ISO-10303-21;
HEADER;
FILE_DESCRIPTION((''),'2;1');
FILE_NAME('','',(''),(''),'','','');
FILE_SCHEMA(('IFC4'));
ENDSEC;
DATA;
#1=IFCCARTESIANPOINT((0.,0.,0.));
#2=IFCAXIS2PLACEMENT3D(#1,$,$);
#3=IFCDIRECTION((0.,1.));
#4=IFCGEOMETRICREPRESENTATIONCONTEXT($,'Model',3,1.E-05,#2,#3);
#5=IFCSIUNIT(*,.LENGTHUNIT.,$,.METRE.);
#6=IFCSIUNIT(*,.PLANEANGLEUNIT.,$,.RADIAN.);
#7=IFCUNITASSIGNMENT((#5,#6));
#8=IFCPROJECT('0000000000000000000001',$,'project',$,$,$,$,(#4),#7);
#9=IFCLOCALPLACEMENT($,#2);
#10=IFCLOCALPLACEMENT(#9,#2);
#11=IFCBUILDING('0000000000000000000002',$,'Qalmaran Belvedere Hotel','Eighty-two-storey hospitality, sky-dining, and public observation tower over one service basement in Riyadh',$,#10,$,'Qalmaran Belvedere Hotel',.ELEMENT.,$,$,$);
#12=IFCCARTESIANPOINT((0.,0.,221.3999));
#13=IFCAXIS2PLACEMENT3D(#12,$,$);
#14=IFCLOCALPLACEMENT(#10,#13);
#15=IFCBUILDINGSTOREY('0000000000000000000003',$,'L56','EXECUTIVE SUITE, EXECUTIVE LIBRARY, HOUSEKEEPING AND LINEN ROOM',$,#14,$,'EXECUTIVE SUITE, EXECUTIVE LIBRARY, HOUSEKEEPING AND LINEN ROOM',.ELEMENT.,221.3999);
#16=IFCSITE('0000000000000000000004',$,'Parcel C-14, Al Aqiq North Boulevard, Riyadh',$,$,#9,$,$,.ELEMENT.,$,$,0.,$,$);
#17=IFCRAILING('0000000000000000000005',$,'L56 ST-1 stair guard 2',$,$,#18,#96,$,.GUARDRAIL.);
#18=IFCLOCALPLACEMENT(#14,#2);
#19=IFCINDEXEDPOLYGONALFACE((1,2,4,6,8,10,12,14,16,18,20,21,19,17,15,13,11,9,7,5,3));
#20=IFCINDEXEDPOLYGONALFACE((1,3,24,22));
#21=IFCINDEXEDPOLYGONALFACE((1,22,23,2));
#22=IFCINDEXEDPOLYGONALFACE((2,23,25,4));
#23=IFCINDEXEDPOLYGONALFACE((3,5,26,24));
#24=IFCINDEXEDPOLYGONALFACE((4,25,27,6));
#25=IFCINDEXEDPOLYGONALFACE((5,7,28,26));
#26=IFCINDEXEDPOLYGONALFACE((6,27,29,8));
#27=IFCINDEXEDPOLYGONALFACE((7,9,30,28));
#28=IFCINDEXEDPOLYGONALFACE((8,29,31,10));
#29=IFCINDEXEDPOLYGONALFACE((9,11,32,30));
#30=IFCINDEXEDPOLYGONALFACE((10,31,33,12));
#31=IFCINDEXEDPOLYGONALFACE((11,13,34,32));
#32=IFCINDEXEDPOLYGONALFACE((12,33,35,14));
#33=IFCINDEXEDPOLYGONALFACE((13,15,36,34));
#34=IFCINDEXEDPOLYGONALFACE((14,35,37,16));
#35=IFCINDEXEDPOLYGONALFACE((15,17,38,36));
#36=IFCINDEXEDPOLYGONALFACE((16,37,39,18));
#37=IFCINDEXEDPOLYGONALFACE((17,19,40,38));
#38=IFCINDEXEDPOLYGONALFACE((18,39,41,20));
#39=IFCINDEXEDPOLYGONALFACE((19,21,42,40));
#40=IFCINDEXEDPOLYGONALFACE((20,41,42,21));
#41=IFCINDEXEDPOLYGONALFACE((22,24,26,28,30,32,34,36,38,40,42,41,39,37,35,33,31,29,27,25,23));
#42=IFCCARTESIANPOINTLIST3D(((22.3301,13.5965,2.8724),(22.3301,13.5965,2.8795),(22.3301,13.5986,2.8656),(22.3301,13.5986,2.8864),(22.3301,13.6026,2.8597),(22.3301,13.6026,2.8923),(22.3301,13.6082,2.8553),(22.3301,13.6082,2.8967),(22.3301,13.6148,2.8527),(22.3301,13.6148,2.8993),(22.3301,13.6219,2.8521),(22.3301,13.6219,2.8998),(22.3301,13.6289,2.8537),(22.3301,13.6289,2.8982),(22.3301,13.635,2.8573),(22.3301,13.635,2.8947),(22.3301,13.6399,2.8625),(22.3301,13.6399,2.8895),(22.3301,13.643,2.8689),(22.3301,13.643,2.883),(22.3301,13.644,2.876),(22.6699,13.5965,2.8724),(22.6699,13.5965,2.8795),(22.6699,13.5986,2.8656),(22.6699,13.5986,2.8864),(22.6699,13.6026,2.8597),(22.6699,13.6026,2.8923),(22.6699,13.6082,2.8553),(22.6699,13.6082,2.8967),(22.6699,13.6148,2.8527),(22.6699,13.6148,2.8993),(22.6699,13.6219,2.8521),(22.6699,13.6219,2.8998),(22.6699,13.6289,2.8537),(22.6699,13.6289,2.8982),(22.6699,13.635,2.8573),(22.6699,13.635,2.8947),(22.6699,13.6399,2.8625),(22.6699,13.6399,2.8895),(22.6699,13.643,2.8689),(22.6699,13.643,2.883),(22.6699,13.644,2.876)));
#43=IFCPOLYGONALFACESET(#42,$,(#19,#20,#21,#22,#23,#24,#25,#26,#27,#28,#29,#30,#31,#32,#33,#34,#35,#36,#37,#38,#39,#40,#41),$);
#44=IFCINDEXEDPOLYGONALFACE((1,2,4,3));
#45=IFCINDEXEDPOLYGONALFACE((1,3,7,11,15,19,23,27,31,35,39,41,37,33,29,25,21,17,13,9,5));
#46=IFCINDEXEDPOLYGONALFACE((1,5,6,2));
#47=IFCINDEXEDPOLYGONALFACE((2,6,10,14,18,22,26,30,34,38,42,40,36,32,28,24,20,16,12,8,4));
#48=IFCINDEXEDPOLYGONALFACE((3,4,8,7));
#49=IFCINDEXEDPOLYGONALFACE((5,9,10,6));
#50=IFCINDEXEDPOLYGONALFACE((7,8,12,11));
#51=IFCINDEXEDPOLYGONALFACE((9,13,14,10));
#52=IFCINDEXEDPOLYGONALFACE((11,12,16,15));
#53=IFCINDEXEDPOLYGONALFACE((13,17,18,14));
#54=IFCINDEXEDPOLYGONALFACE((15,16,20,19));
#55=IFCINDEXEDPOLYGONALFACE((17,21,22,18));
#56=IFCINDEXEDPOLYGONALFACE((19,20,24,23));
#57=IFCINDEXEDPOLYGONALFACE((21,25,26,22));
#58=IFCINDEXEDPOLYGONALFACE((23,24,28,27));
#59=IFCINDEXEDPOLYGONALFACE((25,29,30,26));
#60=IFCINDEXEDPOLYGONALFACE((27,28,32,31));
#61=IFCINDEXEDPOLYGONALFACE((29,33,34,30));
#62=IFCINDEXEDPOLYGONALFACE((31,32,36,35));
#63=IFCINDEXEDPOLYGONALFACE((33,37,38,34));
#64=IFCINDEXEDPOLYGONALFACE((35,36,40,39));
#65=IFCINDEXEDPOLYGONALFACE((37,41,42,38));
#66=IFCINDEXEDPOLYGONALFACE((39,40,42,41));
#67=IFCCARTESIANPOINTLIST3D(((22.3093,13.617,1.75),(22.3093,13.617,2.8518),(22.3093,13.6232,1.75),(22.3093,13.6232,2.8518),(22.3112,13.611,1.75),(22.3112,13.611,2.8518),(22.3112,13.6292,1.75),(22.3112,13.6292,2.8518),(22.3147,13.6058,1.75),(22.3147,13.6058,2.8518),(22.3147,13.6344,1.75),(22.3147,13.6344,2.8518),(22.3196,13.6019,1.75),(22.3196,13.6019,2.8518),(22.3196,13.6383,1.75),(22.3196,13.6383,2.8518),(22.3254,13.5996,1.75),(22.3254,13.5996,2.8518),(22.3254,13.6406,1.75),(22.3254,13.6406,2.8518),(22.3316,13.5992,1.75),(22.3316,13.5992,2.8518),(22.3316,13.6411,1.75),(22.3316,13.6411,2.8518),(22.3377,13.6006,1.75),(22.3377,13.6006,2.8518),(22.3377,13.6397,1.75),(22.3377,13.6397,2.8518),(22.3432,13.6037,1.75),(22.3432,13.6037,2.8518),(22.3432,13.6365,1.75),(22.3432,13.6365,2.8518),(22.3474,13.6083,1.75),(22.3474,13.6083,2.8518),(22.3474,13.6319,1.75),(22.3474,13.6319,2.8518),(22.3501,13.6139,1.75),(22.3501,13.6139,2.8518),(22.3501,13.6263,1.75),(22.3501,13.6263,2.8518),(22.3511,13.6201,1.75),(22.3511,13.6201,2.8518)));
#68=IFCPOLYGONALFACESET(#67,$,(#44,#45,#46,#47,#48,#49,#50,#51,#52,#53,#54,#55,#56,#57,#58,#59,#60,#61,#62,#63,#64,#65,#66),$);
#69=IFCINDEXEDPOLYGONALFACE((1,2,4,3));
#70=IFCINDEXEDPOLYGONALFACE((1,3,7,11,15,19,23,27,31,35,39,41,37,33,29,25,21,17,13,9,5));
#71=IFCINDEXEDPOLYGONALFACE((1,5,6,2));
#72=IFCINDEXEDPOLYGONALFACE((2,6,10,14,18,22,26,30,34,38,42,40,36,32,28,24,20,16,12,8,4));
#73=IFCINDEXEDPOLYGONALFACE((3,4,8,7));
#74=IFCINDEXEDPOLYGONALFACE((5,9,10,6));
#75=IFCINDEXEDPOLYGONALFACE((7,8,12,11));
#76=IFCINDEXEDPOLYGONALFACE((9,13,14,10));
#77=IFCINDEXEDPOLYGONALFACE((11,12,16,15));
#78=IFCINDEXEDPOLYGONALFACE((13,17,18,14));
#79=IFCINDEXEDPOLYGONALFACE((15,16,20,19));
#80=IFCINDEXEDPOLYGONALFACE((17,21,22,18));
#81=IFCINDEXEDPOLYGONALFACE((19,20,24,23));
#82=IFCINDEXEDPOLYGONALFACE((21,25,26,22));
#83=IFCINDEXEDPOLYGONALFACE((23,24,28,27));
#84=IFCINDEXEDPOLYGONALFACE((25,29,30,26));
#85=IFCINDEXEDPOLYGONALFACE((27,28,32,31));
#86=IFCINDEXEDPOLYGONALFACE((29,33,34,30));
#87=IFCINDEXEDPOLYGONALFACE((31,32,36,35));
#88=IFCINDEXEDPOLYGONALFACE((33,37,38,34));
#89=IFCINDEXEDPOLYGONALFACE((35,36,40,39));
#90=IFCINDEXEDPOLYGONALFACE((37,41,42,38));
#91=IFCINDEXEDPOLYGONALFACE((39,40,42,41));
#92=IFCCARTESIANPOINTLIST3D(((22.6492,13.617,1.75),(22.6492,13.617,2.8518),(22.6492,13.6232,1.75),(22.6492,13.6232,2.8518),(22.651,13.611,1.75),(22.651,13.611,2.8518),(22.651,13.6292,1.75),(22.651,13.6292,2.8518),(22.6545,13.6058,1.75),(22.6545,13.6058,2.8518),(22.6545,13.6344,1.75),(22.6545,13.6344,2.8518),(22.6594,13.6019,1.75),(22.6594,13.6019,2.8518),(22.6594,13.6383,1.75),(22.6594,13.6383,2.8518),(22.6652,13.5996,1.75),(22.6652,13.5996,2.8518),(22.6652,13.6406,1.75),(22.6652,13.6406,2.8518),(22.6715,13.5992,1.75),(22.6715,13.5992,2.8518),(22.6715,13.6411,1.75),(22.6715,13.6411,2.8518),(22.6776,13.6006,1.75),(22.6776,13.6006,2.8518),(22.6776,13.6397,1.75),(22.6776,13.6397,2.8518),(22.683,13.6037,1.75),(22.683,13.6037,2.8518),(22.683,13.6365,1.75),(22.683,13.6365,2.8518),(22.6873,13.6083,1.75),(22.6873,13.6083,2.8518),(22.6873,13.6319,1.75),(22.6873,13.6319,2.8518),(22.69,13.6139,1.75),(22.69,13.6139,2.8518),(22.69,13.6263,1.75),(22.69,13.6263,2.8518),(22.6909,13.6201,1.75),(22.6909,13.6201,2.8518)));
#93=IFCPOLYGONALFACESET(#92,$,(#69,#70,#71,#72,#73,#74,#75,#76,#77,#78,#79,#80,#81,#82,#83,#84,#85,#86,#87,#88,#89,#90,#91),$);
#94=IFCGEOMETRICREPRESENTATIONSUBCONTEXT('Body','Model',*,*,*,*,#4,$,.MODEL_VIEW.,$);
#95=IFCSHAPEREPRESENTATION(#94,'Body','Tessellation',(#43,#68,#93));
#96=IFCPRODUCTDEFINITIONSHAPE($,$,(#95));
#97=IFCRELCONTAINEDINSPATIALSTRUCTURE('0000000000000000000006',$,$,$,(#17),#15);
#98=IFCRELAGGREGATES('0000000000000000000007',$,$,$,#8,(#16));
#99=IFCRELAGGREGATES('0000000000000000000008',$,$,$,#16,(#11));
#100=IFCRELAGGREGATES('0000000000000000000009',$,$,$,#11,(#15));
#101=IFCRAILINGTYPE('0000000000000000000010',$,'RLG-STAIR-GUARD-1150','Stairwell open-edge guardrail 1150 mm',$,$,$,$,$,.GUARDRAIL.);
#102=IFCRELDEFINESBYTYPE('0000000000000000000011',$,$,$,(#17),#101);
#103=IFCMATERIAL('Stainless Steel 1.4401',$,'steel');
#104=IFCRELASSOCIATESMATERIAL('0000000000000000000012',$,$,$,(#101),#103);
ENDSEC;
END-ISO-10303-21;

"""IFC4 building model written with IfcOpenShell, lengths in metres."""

from ifc_helpers import new_model, si_unit, direction, frame, origin, origin_2d, place, context, subcontext, project, spatial, circle, extrude, material, type_object, element, save


model = new_model("IFC4")

# Units and contexts
model_context = context("Model", 3, precision=1e-05, world=origin(), true_north=direction((0.0, 1.0)))
body_context = subcontext(model_context, "Body", "Model", "MODEL_VIEW")
ifc_project = project(units=[si_unit("LENGTHUNIT", "METRE"), si_unit("PLANEANGLEUNIT", "RADIAN")], contexts=[model_context])

# Site, building, storey
site_placement = place(None, origin())
site = spatial("IfcSite", under=ifc_project, at=site_placement, Name="Parcel C-14, Al Aqiq North Boulevard, Riyadh", CompositionType="ELEMENT", RefElevation=0.0)
building_placement = place(site_placement, origin())
building = spatial("IfcBuilding", under=site, at=building_placement, Name="Qalmaran Belvedere Hotel", Description="Eighty-two-storey hospitality, sky-dining, and public observation tower over one service basement in Riyadh", LongName="Qalmaran Belvedere Hotel", CompositionType="ELEMENT")
storey_placement = place(building_placement, frame((0.0, 0.0, 221.3999)))
storey = spatial("IfcBuildingStorey", under=building, at=storey_placement, Name="L56", Description="EXECUTIVE SUITE, EXECUTIVE LIBRARY, HOUSEKEEPING AND LINEN ROOM", LongName="EXECUTIVE SUITE, EXECUTIVE LIBRARY, HOUSEKEEPING AND LINEN ROOM", CompositionType="ELEMENT", Elevation=221.3999)

# Railing
ifc_material_1 = material(Name="Stainless Steel 1.4401", Category="steel")
railing_type_1 = type_object("IfcRailingType", Name="RLG-STAIR-GUARD-1150", Description="Stairwell open-edge guardrail 1150 mm", PredefinedType="GUARDRAIL", material=ifc_material_1)
railing_1_placement = place(storey_placement, frame((22.3301, 13.6201, 1.75)))
element("IfcRailing", 1, at=railing_1_placement, inside=storey, type_object=railing_type_1, Name="L56 ST-1 stair guard 2", PredefinedType="GUARDRAIL", context=body_context, shape_type="SweptSolid", body=[
    extrude(circle(Radius=0.0239, at=origin_2d()), frame((0.0, 0.0, 1.126), z_axis=(1.0, 0.0, 0.0), x_axis=(0.0, 1.0, 0.0)), (0.0, 0.0, 1.0), 0.3398),
    extrude(circle(Radius=0.021, at=origin_2d()), origin(), (0.0, 0.0, 1.0), 1.1018),
    extrude(circle(Radius=0.021, at=origin_2d()), frame((0.3398, 0.0, 0.0)), (0.0, 0.0, 1.0), 1.1018),
])

save(model, "model.ifc")
